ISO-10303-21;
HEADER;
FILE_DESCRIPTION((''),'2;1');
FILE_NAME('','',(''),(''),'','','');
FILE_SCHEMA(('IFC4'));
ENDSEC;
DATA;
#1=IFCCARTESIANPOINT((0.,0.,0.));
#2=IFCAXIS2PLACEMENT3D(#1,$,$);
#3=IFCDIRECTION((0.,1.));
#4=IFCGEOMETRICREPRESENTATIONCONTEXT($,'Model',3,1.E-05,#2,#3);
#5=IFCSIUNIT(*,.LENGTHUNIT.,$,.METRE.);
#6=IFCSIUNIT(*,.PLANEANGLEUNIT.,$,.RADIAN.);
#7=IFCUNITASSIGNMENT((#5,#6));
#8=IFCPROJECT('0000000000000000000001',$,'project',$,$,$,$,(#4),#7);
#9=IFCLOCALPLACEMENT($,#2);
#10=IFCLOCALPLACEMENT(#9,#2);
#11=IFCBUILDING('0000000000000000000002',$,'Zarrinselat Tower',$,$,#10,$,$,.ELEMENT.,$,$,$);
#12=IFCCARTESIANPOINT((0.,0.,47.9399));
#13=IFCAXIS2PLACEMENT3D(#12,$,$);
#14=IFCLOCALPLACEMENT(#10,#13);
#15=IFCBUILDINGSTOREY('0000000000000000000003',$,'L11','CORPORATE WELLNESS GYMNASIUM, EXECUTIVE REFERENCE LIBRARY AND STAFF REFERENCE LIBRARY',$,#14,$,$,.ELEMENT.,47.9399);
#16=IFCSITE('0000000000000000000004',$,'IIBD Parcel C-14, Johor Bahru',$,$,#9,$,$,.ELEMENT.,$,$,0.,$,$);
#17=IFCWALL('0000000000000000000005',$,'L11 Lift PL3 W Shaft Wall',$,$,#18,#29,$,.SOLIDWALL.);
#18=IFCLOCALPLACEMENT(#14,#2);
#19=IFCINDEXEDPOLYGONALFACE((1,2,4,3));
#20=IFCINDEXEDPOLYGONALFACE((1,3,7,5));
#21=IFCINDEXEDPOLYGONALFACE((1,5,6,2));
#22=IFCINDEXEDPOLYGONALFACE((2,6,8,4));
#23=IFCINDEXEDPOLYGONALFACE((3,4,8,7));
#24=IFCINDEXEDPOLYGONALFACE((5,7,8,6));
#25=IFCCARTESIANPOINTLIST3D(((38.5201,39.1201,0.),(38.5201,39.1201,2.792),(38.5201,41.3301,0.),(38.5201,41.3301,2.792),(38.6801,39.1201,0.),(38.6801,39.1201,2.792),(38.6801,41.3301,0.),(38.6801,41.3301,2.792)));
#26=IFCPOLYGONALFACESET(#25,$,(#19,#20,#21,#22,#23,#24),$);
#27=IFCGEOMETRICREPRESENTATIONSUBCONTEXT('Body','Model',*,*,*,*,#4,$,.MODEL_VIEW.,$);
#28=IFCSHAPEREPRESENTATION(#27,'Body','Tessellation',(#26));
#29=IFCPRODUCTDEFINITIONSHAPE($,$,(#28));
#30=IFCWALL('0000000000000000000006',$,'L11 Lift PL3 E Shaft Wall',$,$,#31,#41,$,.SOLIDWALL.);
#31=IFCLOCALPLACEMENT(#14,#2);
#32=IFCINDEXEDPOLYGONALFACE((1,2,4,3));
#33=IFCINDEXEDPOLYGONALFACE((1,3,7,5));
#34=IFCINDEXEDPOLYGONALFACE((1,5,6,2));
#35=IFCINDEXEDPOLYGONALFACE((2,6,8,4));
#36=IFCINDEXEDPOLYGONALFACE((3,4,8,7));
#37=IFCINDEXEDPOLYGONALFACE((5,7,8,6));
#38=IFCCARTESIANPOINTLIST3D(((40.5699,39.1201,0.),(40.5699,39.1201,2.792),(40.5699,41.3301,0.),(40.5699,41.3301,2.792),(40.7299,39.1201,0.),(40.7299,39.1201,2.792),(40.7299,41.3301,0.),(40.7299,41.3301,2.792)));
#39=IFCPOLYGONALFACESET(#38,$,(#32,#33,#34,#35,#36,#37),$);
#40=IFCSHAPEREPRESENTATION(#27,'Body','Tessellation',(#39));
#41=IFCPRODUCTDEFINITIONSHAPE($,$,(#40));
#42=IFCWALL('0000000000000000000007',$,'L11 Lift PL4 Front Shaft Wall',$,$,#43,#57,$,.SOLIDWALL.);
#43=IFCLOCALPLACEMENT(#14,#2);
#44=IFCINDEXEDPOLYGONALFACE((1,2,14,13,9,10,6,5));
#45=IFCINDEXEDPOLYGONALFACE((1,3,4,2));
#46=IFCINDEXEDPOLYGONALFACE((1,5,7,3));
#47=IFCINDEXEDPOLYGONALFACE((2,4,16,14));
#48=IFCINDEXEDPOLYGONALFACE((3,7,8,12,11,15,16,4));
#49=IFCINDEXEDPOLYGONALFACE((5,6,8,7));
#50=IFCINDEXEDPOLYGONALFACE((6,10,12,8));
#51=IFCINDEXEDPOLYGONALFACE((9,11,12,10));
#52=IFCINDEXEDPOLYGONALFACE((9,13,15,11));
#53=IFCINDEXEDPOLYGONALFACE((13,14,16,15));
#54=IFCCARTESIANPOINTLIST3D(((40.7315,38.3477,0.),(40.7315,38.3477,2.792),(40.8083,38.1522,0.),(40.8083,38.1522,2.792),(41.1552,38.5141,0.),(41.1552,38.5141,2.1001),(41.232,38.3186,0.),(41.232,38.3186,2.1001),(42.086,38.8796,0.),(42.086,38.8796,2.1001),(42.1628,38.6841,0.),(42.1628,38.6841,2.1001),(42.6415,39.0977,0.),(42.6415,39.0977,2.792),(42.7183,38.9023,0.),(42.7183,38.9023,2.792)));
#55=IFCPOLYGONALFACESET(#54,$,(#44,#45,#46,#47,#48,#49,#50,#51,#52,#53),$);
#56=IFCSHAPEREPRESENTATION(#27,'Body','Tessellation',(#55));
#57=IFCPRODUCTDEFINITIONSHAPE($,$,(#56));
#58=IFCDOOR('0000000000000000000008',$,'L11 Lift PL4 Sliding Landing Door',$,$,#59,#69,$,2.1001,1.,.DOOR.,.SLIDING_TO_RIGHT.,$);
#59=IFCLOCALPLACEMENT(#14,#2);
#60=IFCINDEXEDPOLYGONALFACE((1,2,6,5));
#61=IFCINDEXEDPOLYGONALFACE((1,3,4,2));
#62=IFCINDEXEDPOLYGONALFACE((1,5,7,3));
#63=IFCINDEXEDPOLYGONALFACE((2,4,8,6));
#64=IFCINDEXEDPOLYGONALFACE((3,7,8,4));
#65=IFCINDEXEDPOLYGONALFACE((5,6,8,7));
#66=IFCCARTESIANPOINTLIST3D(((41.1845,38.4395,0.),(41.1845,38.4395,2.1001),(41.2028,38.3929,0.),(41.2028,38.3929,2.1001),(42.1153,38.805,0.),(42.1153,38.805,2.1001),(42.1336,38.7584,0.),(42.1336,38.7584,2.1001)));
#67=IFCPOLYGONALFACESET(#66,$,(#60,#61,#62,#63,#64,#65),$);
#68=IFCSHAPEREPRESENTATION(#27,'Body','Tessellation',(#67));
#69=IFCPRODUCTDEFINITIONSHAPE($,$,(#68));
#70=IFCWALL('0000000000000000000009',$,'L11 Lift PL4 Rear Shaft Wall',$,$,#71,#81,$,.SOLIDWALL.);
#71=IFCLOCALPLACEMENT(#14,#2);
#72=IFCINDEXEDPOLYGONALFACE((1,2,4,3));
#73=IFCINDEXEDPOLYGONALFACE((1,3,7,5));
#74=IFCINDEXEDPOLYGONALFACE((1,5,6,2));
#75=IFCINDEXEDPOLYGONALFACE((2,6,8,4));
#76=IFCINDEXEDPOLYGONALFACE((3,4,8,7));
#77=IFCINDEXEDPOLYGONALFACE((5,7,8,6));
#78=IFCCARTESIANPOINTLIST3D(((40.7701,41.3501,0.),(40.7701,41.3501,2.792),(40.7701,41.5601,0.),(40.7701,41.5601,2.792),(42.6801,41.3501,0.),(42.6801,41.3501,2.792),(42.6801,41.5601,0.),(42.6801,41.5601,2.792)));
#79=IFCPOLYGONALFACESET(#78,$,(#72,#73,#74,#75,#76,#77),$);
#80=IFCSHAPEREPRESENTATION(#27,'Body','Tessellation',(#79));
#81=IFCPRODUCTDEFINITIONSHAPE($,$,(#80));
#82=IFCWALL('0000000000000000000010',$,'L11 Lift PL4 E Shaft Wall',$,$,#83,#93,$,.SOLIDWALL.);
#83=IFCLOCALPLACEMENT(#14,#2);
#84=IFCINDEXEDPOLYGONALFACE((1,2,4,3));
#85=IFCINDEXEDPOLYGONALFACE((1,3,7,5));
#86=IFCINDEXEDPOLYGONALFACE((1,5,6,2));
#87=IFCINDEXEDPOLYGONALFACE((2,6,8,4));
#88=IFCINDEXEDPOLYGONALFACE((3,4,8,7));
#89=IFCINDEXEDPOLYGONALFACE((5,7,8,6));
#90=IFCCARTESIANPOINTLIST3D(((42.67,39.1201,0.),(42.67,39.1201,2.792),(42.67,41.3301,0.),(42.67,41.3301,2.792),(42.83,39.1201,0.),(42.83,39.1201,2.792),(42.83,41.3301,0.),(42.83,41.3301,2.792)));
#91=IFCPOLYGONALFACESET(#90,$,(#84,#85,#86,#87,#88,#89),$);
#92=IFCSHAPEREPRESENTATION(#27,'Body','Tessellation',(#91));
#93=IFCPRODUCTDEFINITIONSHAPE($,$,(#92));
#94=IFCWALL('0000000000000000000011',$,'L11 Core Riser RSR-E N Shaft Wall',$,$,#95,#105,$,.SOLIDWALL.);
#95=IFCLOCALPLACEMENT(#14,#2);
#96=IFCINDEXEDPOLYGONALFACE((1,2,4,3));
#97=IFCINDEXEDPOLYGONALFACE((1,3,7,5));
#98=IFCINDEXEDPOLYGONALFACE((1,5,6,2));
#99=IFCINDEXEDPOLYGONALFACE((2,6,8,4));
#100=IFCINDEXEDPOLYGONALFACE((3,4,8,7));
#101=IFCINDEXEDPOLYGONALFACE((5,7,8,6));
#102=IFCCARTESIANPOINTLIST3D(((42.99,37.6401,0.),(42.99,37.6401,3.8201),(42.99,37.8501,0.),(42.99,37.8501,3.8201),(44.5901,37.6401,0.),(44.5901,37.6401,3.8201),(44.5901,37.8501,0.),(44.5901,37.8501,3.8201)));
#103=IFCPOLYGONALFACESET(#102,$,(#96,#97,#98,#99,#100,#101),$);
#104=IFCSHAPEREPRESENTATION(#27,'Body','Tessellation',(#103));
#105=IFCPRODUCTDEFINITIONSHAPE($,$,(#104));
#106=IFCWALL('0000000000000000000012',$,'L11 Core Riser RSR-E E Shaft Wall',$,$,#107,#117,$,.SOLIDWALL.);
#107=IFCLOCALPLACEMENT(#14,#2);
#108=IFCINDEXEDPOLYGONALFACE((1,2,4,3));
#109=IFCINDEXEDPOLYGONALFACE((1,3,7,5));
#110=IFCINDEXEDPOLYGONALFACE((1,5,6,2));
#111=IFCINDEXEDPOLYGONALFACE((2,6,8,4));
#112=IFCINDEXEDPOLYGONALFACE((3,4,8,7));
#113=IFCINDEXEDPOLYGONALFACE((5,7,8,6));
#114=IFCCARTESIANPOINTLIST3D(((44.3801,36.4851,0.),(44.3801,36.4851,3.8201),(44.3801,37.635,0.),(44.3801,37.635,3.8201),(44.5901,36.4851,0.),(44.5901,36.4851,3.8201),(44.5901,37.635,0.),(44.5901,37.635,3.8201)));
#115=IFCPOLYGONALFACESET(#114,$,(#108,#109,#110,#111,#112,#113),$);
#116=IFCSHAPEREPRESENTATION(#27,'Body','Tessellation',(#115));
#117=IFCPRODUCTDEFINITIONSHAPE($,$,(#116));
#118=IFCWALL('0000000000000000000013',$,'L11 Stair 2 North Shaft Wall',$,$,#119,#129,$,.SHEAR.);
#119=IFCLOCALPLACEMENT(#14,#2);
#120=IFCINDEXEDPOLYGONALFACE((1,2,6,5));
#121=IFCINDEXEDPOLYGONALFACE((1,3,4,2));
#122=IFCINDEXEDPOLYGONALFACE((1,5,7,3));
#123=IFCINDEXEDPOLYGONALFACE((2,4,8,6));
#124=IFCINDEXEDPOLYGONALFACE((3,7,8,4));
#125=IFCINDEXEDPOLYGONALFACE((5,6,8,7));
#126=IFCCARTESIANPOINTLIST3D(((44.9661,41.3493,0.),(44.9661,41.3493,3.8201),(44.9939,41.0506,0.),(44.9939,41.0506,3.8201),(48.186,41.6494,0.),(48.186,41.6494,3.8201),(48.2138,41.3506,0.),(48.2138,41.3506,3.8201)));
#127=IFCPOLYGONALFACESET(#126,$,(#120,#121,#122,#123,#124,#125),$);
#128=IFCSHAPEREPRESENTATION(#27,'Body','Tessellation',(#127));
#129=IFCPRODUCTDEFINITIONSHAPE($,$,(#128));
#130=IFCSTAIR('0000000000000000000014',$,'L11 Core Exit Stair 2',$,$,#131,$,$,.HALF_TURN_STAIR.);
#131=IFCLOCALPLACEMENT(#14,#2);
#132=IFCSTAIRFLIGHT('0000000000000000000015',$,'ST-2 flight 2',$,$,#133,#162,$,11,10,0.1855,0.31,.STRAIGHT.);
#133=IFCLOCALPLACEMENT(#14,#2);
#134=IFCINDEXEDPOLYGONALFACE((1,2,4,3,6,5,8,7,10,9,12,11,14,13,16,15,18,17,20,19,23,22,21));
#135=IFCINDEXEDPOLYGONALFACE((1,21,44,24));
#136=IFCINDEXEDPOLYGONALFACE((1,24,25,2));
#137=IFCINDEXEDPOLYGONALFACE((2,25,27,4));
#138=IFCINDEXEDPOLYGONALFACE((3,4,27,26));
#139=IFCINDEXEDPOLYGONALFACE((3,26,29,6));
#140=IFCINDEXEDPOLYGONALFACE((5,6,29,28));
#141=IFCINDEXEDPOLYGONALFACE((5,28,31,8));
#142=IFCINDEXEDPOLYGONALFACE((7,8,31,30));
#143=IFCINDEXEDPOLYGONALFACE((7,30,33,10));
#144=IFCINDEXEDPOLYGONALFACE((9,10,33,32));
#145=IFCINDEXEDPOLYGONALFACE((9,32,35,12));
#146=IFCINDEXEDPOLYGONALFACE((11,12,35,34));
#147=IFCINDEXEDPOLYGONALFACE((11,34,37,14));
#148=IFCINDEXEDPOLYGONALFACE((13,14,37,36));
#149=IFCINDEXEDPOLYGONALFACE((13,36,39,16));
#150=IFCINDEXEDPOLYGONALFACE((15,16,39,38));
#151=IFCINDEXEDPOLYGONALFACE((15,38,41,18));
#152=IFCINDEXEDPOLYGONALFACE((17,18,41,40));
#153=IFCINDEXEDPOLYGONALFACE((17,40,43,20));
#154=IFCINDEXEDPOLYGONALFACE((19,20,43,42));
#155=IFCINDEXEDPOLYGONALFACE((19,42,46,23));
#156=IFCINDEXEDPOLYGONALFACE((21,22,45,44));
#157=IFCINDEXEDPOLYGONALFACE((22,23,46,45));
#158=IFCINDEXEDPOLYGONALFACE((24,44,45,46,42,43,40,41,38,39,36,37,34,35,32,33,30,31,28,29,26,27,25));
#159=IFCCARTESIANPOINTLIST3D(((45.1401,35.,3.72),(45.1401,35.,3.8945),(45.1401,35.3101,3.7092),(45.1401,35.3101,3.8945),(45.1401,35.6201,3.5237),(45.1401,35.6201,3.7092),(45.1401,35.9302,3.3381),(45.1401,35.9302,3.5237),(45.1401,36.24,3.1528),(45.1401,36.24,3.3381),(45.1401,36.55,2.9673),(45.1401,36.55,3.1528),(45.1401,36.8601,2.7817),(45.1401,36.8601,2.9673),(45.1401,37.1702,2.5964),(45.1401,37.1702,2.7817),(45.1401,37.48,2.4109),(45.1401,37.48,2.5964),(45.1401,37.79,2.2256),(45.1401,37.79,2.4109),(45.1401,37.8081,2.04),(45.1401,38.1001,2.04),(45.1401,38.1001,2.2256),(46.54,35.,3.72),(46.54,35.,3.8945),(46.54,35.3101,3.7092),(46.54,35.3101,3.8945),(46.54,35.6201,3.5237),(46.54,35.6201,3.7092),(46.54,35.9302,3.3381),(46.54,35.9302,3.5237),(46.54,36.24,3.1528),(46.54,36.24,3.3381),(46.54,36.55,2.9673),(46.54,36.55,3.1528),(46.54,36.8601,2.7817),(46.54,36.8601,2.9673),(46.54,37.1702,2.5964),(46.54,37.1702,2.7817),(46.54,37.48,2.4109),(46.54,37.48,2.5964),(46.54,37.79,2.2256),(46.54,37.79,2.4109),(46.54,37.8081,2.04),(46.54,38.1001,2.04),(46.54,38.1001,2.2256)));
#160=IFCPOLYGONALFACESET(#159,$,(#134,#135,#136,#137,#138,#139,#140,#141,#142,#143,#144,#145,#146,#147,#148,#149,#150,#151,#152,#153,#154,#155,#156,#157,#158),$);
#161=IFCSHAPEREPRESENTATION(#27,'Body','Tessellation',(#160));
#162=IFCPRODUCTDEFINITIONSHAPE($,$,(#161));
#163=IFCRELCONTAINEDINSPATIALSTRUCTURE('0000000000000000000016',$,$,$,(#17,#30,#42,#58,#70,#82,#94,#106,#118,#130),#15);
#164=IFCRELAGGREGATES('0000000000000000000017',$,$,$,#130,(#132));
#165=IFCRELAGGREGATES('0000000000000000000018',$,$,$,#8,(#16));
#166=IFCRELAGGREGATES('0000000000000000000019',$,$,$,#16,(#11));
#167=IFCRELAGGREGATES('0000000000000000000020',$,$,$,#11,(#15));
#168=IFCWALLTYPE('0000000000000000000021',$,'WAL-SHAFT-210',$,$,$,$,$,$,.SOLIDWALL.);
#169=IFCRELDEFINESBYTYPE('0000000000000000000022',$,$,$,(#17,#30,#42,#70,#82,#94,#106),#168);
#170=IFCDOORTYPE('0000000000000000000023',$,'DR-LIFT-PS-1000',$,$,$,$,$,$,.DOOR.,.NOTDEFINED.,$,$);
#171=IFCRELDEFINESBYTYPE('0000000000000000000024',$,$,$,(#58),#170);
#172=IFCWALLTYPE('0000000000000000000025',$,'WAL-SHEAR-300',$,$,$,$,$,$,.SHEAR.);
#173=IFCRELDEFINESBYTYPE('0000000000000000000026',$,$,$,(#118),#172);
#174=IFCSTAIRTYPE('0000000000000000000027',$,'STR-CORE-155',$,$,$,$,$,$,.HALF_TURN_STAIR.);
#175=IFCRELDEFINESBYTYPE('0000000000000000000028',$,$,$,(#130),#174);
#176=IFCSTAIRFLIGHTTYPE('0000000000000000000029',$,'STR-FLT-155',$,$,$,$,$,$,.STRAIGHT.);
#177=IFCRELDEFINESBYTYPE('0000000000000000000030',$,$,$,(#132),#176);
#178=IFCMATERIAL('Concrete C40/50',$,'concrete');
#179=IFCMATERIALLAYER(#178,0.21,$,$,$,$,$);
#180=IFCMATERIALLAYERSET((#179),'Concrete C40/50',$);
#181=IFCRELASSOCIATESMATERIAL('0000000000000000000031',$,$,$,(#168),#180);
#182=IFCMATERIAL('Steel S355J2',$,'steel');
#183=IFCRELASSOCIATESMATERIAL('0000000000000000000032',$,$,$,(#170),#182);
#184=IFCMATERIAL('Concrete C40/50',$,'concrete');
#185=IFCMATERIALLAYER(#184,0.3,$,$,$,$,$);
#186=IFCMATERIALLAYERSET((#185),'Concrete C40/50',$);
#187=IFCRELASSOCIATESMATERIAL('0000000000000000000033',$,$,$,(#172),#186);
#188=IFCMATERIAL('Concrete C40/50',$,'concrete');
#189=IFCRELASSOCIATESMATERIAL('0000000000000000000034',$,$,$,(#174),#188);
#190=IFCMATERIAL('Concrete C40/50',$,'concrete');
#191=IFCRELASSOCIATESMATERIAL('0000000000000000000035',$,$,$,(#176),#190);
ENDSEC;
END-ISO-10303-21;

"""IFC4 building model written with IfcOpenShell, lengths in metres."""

from ifc_helpers import new_model, si_unit, direction, frame, frame_2d, origin, place, context, subcontext, project, spatial, polyline, rectangle, outline, extrude, material, layer, layer_set, type_object, element, fill, aggregate, save


model = new_model("IFC4")

# Units and contexts
model_context = context("Model", 3, precision=1e-05, world=origin(), true_north=direction((0.0, 1.0)))
body_context = subcontext(model_context, "Body", "Model", "MODEL_VIEW")
ifc_project = project(units=[si_unit("LENGTHUNIT", "METRE"), si_unit("PLANEANGLEUNIT", "RADIAN")], contexts=[model_context])

# Site, building, storey
site_placement = place(None, origin())
site = spatial("IfcSite", under=ifc_project, at=site_placement, Name="IIBD Parcel C-14, Johor Bahru", CompositionType="ELEMENT", RefElevation=0.0)
building_placement = place(site_placement, origin())
building = spatial("IfcBuilding", under=site, at=building_placement, Name="Zarrinselat Tower", CompositionType="ELEMENT")
storey_placement = place(building_placement, frame((0.0, 0.0, 47.9399)))
storey = spatial("IfcBuildingStorey", under=building, at=storey_placement, Name="L11", Description="CORPORATE WELLNESS GYMNASIUM, EXECUTIVE REFERENCE LIBRARY AND STAFF REFERENCE LIBRARY", CompositionType="ELEMENT", Elevation=47.9399)

# Shared definitions
ifc_material_1 = material(Name="Concrete C40/50", Category="concrete")
ifc_layer_1 = layer(ifc_material_1, 0.21)
ifc_layer_set_1 = layer_set([ifc_layer_1], Name="Concrete C40/50")
wall_type_1 = type_object("IfcWallType", Name="WAL-SHAFT-210", PredefinedType="SOLIDWALL", material=ifc_layer_set_1)

# Shared definitions
ifc_material_2 = material(Name="Steel S355J2", Category="steel")
door_type_1 = type_object("IfcDoorType", Name="DR-LIFT-PS-1000", OperationType="NOTDEFINED", PredefinedType="DOOR", material=ifc_material_2)

# Walls
for number, where, z_axis, x_axis, name in (
    (1, (38.6001, 39.1201, 0.0), (0.0, 0.0, 1.0), (0.0, 1.0, 0.0), "L11 Lift PL3 W Shaft Wall"),
    (2, (40.6499, 39.1201, 0.0), (0.0, 0.0, 1.0), (0.0, 1.0, 0.0), "L11 Lift PL3 E Shaft Wall"),
):
    element("IfcWall", number, at=place(storey_placement, frame(where, z_axis=z_axis, x_axis=x_axis)), inside=storey, type_object=wall_type_1, Name=name, PredefinedType="SOLIDWALL", context=body_context, shape_type="SweptSolid", body=[
        extrude(rectangle(XDim=2.21, YDim=0.1599, at=frame_2d((1.105, 0.0))), origin(), (0.0, 0.0, 1.0), 2.792),
    ])

# Wall, opening, door
wall_1_placement = place(storey_placement, frame((40.77, 38.25, 0.0), z_axis=(0.0, 0.0, 1.0), x_axis=(0.930805, 0.365516, 0.0)))
wall_1 = element("IfcWall", 3, at=wall_1_placement, inside=storey, type_object=wall_type_1, Name="L11 Lift PL4 Front Shaft Wall", PredefinedType="SOLIDWALL", context=body_context, shape_type="SweptSolid", body=[
    extrude(rectangle(XDim=2.052, YDim=0.21, at=frame_2d((1.0259, 0.0))), origin(), (0.0, 0.0, 1.0), 2.792),
])
opening_1_placement = place(wall_1_placement, frame((0.4551, 0.0, 0.0)))
opening_1 = element("IfcOpeningElement", 4, at=opening_1_placement, cuts=wall_1, PredefinedType="OPENING", context=body_context, shape_type="SweptSolid", body=[
    extrude(rectangle(XDim=1.0, YDim=2.1001, at=frame_2d((0.5, 1.05))), frame((0.0, 0.115, 0.0), z_axis=(0.0, -1.0, 0.0), x_axis=(1.0, 0.0, 0.0)), (0.0, 0.0, 1.0), 0.23),
])
door_1_placement = place(opening_1_placement, origin())
door_1 = element("IfcDoor", 5, at=door_1_placement, inside=storey, type_object=door_type_1, Name="L11 Lift PL4 Sliding Landing Door", OperationType="SLIDING_TO_RIGHT", OverallHeight=2.1001, OverallWidth=1.0, PredefinedType="DOOR", context=body_context, shape_type="SweptSolid", body=[
    extrude(rectangle(XDim=1.0, YDim=2.1001, at=frame_2d((0.5, 1.05))), frame((0.0, 0.0249, 0.0), z_axis=(0.0, -1.0, 0.0), x_axis=(1.0, 0.0, 0.0)), (0.0, 0.0, 1.0), 0.05),
])
fill(opening_1, door_1)

# Walls
wall_2_placement = place(storey_placement, frame((40.77, 41.4551, 0.0), z_axis=(0.0, 0.0, 1.0), x_axis=(1.0, 0.0, 0.0)))
element("IfcWall", 6, at=wall_2_placement, inside=storey, type_object=wall_type_1, Name="L11 Lift PL4 Rear Shaft Wall", PredefinedType="SOLIDWALL", context=body_context, shape_type="SweptSolid", body=[
    extrude(rectangle(XDim=1.9099, YDim=0.21, at=frame_2d((0.9551, 0.0))), origin(), (0.0, 0.0, 1.0), 2.792),
])
wall_3_placement = place(storey_placement, frame((42.75, 39.1201, 0.0), z_axis=(0.0, 0.0, 1.0), x_axis=(0.0, 1.0, 0.0)))
element("IfcWall", 7, at=wall_3_placement, inside=storey, type_object=wall_type_1, Name="L11 Lift PL4 E Shaft Wall", PredefinedType="SOLIDWALL", context=body_context, shape_type="SweptSolid", body=[
    extrude(rectangle(XDim=2.21, YDim=0.1599, at=frame_2d((1.105, 0.0))), origin(), (0.0, 0.0, 1.0), 2.792),
])
wall_4_placement = place(storey_placement, frame((42.99, 37.7451, 0.0), z_axis=(0.0, 0.0, 1.0), x_axis=(1.0, 0.0, 0.0)))
element("IfcWall", 8, at=wall_4_placement, inside=storey, type_object=wall_type_1, Name="L11 Core Riser RSR-E N Shaft Wall", PredefinedType="SOLIDWALL", context=body_context, shape_type="SweptSolid", body=[
    extrude(rectangle(XDim=1.6001, YDim=0.21, at=frame_2d((0.8, 0.0))), origin(), (0.0, 0.0, 1.0), 3.8201),
])
wall_5_placement = place(storey_placement, frame((44.4851, 36.4851, 0.0), z_axis=(0.0, 0.0, 1.0), x_axis=(0.0, 1.0, 0.0)))
element("IfcWall", 9, at=wall_5_placement, inside=storey, type_object=wall_type_1, Name="L11 Core Riser RSR-E E Shaft Wall", PredefinedType="SOLIDWALL", context=body_context, shape_type="SweptSolid", body=[
    extrude(rectangle(XDim=1.1499, YDim=0.21, at=frame_2d((0.575, 0.0))), origin(), (0.0, 0.0, 1.0), 3.8201),
])
ifc_material_3 = material(Name="Concrete C40/50", Category="concrete")
ifc_layer_2 = layer(ifc_material_3, 0.3)
ifc_layer_set_2 = layer_set([ifc_layer_2], Name="Concrete C40/50")
wall_type_2 = type_object("IfcWallType", Name="WAL-SHEAR-300", PredefinedType="SHEAR", material=ifc_layer_set_2)
wall_6_placement = place(storey_placement, frame((44.98, 41.2, 0.0), z_axis=(0.0, 0.0, 1.0), x_axis=(0.995686, 0.092782, 0.0)))
element("IfcWall", 10, at=wall_6_placement, inside=storey, type_object=wall_type_2, Name="L11 Stair 2 North Shaft Wall", PredefinedType="SHEAR", context=body_context, shape_type="SweptSolid", body=[
    extrude(rectangle(XDim=3.2339, YDim=0.3, at=frame_2d((1.6169, 0.0))), origin(), (0.0, 0.0, 1.0), 3.8201),
])

# Stair, stair flight
ifc_material_4 = material(Name="Concrete C40/50", Category="concrete")
stair_type = type_object("IfcStairType", Name="STR-CORE-155", PredefinedType="HALF_TURN_STAIR", material=ifc_material_4)
stair_placement = place(storey_placement, origin())
stair = element("IfcStair", 11, at=stair_placement, inside=storey, type_object=stair_type, Name="L11 Core Exit Stair 2", PredefinedType="HALF_TURN_STAIR")
ifc_material_5 = material(Name="Concrete C40/50", Category="concrete")
stair_flight_type = type_object("IfcStairFlightType", Name="STR-FLT-155", PredefinedType="STRAIGHT", material=ifc_material_5)
stair_flight_placement = place(storey_placement, frame((45.8401, 38.1001, 2.04), z_axis=(0.0, 0.0, 1.0), x_axis=(0.0, -1.0, 0.0)))
stair_flight = element("IfcStairFlight", 12, at=stair_flight_placement, type_object=stair_flight_type, Name="ST-2 flight 2", NumberOfRisers=11, NumberOfTreads=10, PredefinedType="STRAIGHT", RiserHeight=0.1855, TreadLength=0.31, context=body_context, shape_type="SweptSolid", body=[
    extrude(outline(polyline([(0.0, 0.0), (0.0, 0.1855), (0.3101, 0.1855), (0.3101, 0.3708), (0.6201, 0.3708), (0.6201, 0.5564), (0.9299, 0.5564), (0.9299, 0.7417), (1.24, 0.7417), (1.24, 0.9272), (1.55, 0.9272), (1.55, 1.1128), (1.8601, 1.1128), (1.8601, 1.2981), (2.1699, 1.2981), (2.1699, 1.4836), (2.48, 1.4836), (2.48, 1.6692), (2.79, 1.6692), (2.79, 1.8545), (3.1001, 1.8545), (3.1001, 2.04), (3.1001, 1.6799), (0.292, 0.0), (0.0, 0.0)])), frame((0.0, 0.7, 0.0), z_axis=(0.0, -1.0, 0.0), x_axis=(1.0, 0.0, 0.0)), (0.0, 0.0, 1.0), 1.3999),
])
aggregate(stair, [stair_flight])

save(model, "model.ifc")
